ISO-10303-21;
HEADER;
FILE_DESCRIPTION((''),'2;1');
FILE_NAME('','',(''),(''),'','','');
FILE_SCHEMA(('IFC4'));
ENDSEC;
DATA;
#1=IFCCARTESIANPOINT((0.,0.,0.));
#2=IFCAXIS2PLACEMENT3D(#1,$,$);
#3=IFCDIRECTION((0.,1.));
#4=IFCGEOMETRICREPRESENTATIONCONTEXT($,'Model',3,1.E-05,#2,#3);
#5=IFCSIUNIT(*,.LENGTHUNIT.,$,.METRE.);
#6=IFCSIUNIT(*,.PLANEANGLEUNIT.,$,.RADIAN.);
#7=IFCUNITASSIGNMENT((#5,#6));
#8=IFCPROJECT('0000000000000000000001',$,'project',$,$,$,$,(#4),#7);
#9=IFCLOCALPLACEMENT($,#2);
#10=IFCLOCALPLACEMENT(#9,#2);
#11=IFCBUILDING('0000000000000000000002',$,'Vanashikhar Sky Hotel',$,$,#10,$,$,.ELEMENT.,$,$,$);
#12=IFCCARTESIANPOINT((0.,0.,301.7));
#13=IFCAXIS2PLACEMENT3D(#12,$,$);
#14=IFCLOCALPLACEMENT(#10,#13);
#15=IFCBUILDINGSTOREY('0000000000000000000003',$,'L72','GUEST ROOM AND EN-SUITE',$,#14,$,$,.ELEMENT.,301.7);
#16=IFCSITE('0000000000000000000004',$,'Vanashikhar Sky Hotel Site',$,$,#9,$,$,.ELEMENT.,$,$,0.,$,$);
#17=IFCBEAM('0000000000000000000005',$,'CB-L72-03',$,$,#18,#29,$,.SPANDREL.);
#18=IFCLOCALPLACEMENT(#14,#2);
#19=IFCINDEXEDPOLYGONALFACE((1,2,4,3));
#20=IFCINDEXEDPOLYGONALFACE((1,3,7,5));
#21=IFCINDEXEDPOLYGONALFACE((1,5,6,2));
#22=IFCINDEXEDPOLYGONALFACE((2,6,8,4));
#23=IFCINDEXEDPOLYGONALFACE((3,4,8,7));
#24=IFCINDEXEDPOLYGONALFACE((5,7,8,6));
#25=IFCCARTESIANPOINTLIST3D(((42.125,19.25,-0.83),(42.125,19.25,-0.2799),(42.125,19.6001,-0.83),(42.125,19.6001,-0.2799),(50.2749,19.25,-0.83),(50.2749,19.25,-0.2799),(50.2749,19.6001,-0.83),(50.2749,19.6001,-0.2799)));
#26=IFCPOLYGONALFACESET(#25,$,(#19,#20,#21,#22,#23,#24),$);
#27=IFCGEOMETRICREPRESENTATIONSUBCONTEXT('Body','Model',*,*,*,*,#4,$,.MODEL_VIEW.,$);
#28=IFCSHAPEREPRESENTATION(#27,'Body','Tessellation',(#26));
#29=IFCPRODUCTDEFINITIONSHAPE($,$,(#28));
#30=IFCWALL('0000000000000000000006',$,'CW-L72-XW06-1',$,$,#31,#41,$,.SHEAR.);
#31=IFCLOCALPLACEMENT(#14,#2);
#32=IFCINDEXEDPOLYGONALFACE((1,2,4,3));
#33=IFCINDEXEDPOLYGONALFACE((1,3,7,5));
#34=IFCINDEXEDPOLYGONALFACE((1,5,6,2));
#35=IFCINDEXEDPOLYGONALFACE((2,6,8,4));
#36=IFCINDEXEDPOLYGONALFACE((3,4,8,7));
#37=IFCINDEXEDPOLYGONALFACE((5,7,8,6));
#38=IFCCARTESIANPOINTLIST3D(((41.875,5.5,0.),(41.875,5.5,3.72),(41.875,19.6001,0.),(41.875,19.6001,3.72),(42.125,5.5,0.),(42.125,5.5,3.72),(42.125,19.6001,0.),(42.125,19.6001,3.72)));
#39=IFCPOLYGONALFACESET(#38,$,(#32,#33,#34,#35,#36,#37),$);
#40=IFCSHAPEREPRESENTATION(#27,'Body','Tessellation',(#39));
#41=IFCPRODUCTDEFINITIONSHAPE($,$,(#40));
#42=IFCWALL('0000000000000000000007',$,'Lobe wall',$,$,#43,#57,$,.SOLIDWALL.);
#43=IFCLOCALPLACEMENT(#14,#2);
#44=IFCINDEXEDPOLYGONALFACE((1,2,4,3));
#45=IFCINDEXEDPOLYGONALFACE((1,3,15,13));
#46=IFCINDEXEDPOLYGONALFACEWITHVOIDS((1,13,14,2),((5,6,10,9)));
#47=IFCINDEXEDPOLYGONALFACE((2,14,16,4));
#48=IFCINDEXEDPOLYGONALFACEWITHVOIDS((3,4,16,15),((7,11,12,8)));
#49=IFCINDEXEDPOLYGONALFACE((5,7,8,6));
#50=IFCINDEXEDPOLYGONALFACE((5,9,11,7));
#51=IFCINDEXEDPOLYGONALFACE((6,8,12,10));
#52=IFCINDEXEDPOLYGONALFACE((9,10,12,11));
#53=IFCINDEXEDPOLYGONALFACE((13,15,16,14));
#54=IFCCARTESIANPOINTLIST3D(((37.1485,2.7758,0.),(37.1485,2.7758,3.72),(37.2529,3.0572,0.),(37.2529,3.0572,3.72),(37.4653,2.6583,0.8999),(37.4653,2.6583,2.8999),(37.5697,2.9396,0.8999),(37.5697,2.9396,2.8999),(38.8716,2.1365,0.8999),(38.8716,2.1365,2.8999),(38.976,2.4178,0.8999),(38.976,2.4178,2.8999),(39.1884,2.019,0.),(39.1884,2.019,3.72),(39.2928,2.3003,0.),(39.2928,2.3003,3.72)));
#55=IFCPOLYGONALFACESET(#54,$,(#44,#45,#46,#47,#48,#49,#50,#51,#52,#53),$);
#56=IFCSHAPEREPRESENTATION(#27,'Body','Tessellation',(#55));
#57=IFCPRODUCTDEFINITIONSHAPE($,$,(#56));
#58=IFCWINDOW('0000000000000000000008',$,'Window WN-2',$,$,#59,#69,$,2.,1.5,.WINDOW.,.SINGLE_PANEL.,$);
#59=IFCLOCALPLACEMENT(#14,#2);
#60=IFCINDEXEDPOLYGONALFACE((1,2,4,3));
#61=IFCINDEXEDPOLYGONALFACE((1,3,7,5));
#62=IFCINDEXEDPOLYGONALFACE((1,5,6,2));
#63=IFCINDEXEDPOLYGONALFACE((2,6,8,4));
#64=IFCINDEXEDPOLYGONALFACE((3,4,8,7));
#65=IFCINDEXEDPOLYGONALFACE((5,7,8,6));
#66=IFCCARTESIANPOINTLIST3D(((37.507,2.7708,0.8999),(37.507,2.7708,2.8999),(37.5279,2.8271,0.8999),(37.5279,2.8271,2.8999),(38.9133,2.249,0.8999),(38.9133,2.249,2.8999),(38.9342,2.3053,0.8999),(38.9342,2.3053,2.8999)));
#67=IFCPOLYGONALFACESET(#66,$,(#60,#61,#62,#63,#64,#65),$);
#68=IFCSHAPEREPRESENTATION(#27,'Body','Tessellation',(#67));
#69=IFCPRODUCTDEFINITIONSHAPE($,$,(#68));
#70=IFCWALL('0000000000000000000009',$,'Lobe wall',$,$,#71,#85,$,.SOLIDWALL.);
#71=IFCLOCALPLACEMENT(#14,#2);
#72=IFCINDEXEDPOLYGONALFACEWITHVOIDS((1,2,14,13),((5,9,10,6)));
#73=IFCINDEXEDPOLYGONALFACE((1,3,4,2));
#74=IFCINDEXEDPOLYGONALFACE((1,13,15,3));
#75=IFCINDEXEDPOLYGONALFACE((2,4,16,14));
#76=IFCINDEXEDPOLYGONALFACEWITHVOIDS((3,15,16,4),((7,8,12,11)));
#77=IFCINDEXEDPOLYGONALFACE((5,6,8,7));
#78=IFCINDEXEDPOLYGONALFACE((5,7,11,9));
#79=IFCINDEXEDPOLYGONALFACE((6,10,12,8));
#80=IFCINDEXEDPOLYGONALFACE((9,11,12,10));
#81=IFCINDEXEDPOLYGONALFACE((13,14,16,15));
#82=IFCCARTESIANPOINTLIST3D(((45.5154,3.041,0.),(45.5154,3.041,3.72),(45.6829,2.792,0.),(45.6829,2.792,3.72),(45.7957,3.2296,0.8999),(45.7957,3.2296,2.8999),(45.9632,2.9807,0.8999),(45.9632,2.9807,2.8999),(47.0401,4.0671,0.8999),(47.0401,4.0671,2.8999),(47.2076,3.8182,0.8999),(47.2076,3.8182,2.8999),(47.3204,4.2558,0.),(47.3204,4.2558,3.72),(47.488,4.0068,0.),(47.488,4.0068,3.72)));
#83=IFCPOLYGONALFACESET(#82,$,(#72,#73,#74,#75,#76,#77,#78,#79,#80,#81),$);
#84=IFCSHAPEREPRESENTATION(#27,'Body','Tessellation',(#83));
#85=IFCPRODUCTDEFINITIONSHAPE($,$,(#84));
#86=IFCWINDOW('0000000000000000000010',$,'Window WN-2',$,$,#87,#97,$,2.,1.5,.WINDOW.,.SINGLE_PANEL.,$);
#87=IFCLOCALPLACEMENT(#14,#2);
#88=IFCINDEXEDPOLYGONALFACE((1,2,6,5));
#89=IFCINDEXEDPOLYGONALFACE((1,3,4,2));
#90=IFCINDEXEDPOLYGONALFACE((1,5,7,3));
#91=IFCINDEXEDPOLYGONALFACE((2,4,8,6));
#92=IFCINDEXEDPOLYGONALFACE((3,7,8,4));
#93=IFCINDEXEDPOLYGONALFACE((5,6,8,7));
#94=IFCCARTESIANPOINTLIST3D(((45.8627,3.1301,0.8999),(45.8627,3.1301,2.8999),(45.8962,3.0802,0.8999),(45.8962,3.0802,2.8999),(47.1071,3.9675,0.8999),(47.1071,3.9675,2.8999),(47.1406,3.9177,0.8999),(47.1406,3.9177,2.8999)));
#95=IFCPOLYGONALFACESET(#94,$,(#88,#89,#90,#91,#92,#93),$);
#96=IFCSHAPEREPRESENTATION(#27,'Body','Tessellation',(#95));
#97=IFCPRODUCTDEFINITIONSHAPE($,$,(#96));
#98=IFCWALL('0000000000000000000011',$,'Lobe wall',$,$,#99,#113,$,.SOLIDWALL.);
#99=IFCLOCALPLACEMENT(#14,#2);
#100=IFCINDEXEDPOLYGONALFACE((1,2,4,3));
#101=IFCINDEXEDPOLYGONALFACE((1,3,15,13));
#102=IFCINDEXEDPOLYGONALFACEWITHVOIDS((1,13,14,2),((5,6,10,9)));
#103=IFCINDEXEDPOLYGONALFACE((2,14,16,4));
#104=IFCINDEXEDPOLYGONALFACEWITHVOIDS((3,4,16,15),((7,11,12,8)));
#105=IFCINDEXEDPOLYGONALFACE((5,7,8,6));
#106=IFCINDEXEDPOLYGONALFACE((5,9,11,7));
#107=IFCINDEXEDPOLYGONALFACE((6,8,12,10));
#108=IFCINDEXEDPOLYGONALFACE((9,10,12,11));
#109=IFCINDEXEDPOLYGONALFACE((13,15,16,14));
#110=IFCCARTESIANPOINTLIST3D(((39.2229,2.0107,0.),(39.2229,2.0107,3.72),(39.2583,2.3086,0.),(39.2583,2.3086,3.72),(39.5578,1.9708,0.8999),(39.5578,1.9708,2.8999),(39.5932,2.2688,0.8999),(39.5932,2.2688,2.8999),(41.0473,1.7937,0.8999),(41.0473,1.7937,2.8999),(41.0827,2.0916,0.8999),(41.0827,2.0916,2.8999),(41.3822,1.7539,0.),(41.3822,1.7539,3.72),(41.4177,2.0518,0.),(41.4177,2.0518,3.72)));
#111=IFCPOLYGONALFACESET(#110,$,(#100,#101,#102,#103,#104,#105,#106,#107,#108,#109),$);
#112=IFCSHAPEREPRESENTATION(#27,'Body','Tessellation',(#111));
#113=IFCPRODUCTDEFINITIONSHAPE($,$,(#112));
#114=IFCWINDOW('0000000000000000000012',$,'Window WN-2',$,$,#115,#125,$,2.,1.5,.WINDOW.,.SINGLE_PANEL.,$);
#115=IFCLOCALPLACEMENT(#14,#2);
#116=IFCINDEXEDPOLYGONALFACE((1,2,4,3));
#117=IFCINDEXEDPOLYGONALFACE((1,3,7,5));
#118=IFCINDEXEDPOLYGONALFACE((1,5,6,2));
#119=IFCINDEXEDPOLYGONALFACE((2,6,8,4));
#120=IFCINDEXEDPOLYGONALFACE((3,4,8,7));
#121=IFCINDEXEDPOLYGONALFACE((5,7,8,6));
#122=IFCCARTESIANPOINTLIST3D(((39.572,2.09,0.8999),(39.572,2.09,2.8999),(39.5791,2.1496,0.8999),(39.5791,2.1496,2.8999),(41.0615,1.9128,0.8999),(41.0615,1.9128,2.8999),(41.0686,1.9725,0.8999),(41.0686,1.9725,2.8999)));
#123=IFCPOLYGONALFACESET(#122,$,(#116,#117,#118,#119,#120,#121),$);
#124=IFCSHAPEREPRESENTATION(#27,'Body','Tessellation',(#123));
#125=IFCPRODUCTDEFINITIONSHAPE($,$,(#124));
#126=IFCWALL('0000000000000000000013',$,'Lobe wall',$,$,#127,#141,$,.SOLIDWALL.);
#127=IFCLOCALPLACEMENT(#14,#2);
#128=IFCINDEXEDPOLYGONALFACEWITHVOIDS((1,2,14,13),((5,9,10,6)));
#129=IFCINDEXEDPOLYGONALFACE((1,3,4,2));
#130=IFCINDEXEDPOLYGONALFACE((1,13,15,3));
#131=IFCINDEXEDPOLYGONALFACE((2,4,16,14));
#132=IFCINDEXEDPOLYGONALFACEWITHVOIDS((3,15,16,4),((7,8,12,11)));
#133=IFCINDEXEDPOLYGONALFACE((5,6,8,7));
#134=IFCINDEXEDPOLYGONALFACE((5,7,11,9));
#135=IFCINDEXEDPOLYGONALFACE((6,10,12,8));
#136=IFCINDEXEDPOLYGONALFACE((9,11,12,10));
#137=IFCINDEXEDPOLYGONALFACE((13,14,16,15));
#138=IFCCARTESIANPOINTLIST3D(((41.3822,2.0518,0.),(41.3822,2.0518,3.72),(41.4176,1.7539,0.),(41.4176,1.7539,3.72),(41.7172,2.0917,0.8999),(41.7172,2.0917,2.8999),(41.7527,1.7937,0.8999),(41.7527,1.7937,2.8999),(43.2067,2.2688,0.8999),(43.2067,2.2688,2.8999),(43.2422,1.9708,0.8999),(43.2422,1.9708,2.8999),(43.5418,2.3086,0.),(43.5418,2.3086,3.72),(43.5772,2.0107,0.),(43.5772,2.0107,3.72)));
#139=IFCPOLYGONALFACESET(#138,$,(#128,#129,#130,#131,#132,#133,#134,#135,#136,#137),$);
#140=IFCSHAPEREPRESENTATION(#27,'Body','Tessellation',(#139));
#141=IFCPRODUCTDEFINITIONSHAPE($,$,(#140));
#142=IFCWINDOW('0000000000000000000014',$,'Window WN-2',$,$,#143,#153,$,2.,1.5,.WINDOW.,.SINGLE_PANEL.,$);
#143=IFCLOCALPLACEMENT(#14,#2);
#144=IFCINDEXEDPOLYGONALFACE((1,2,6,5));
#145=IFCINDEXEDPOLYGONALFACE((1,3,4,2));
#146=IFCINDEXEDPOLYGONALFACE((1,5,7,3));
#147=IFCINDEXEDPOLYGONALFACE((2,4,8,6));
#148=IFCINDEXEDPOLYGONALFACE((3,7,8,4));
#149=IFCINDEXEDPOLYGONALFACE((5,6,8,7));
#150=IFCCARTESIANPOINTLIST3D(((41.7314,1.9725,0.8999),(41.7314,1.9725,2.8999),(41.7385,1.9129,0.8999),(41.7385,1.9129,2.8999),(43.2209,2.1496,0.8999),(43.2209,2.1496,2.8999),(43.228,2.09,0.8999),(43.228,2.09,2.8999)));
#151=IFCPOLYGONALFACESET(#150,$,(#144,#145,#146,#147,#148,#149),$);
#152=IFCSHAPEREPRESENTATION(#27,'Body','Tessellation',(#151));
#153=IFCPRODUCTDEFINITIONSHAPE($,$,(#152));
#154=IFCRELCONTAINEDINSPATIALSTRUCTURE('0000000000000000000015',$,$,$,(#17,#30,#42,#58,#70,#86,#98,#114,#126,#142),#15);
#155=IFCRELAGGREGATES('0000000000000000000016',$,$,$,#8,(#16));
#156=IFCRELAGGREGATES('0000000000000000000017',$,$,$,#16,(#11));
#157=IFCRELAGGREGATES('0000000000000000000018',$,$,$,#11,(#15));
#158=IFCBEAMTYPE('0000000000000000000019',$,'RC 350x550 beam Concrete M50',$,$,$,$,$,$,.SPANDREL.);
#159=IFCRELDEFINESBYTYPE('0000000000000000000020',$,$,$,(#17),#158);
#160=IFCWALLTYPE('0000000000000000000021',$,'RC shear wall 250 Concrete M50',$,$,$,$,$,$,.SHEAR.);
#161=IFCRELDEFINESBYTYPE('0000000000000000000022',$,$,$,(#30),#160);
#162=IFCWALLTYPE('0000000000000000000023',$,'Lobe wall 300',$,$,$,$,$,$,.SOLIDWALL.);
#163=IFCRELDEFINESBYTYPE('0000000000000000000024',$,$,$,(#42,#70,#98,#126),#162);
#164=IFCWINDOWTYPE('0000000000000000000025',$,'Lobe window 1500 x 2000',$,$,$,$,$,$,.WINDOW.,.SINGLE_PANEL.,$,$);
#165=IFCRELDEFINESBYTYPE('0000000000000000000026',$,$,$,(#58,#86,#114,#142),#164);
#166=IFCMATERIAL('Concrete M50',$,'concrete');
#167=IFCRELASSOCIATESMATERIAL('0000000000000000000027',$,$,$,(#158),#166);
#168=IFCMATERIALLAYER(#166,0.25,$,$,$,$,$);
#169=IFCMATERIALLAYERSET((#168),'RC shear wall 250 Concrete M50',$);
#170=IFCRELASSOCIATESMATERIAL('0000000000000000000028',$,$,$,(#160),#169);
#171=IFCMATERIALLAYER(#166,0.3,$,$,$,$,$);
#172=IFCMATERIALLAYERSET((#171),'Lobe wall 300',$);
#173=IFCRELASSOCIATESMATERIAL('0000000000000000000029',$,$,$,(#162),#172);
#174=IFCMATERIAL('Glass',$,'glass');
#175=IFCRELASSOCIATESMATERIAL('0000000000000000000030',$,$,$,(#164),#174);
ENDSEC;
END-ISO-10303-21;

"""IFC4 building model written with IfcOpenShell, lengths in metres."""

from ifc_helpers import new_model, si_unit, direction, frame, frame_2d, origin, origin_2d, place, context, subcontext, project, spatial, rectangle, extrude, source, transform, mapped, material, layer, layer_set, material_profile, profile_set, type_object, element, fill, save


model = new_model("IFC4")

# Units and contexts
model_context = context("Model", 3, precision=1e-05, world=origin(), true_north=direction((0.0, 1.0)))
body_context = subcontext(model_context, "Body", "Model", "MODEL_VIEW")
ifc_project = project(units=[si_unit("LENGTHUNIT", "METRE"), si_unit("PLANEANGLEUNIT", "RADIAN")], contexts=[model_context])

# Site, building, storey
site_placement = place(None, origin())
site = spatial("IfcSite", under=ifc_project, at=site_placement, Name="Vanashikhar Sky Hotel Site", CompositionType="ELEMENT", RefElevation=0.0)
building_placement = place(site_placement, origin())
building = spatial("IfcBuilding", under=site, at=building_placement, Name="Vanashikhar Sky Hotel", CompositionType="ELEMENT")
storey_placement = place(building_placement, frame((0.0, 0.0, 301.7)))
storey = spatial("IfcBuildingStorey", under=building, at=storey_placement, Name="L72", Description="GUEST ROOM AND EN-SUITE", CompositionType="ELEMENT", Elevation=301.7)

# Beam
ifc_material_1 = material(Name="Concrete M50", Category="concrete")
ifc_material_profile_1 = material_profile(ifc_material_1, rectangle(XDim=0.3501, YDim=0.55, at=origin_2d()))
ifc_profile_set_1 = profile_set([ifc_material_profile_1], Name="RC 350x550 beam Concrete M50")
beam_type = type_object("IfcBeamType", Name="RC 350x550 beam Concrete M50", PredefinedType="SPANDREL", material=ifc_profile_set_1)
shared_shape_1 = source(origin(), body_context, "Body", "SweptSolid", [
    extrude(rectangle(XDim=0.3501, YDim=0.55, at=origin_2d()), origin(), (0.0, 0.0, 1.0), 8.1499),
])
beam_placement = place(storey_placement, frame((42.125, 19.425, -0.5549), z_axis=(1.0, 0.0, 0.0), x_axis=(0.0, 1.0, 0.0)))
element("IfcBeam", 1, at=beam_placement, inside=storey, type_object=beam_type, Name="CB-L72-03", PredefinedType="SPANDREL", context=body_context, shape_type="MappedRepresentation", body=[
    mapped(shared_shape_1, transform((0.0, 0.0, 0.0), scale=1.0)),
])

# Wall
ifc_layer_1 = layer(ifc_material_1, 0.25)
ifc_layer_set_1 = layer_set([ifc_layer_1], Name="RC shear wall 250 Concrete M50")
wall_type_1 = type_object("IfcWallType", Name="RC shear wall 250 Concrete M50", PredefinedType="SHEAR", material=ifc_layer_set_1)
shared_shape_2 = source(origin(), body_context, "Body", "SweptSolid", [
    extrude(rectangle(XDim=14.1001, YDim=0.25, at=frame_2d((7.05, 0.0))), origin(), (0.0, 0.0, 1.0), 3.72),
])
wall_1_placement = place(storey_placement, frame((42.0, 5.5, 0.0), z_axis=(0.0, 0.0, 1.0), x_axis=(0.0, 1.0, 0.0)))
element("IfcWall", 2, at=wall_1_placement, inside=storey, type_object=wall_type_1, Name="CW-L72-XW06-1", PredefinedType="SHEAR", context=body_context, shape_type="MappedRepresentation", body=[
    mapped(shared_shape_2, transform((0.0, 0.0, 0.0), scale=1.0)),
])

# Walls, openings, windows
ifc_layer_2 = layer(ifc_material_1, 0.3)
ifc_layer_set_2 = layer_set([ifc_layer_2], Name="Lobe wall 300")
wall_type_2 = type_object("IfcWallType", Name="Lobe wall 300", PredefinedType="SOLIDWALL", material=ifc_layer_set_2)
shared_shape_3 = source(origin(), body_context, "Body", "SweptSolid", [
    extrude(rectangle(XDim=2.1758, YDim=0.3, at=frame_2d((1.0879, 0.0))), origin(), (0.0, 0.0, 1.0), 3.72),
])
wall_2_placement = place(storey_placement, frame((37.2007, 2.9165, 0.0), z_axis=(0.0, 0.0, 1.0), x_axis=(0.937546, -0.347863, 0.0)))
wall_2 = element("IfcWall", 3, at=wall_2_placement, inside=storey, type_object=wall_type_2, Name="Lobe wall", PredefinedType="SOLIDWALL", context=body_context, shape_type="MappedRepresentation", body=[
    mapped(shared_shape_3, transform((0.0, 0.0, 0.0), scale=1.0)),
])
shared_shape_4 = source(origin(), body_context, "Body", "SweptSolid", [
    extrude(rectangle(XDim=1.5, YDim=2.0, at=frame_2d((0.75, 1.0))), frame((0.0, 0.1602, 0.0), z_axis=(0.0, -1.0, 0.0), x_axis=(1.0, 0.0, 0.0)), (0.0, 0.0, 1.0), 0.3201),
])
opening_1_placement = place(wall_2_placement, frame((0.3379, 0.0, 0.8999)))
opening_1 = element("IfcOpeningElement", 4, at=opening_1_placement, cuts=wall_2, PredefinedType="OPENING", context=body_context, shape_type="MappedRepresentation", body=[
    mapped(shared_shape_4, transform((0.0, 0.0, 0.0), scale=1.0)),
])
ifc_material_2 = material(Name="Glass", Category="glass")
window_type = type_object("IfcWindowType", Name="Lobe window 1500 x 2000", PartitioningType="SINGLE_PANEL", PredefinedType="WINDOW", material=ifc_material_2)
shared_shape_5 = source(origin(), body_context, "Body", "SweptSolid", [
    extrude(rectangle(XDim=1.5, YDim=2.0, at=frame_2d((0.75, 1.0))), frame((0.0, 0.03, 0.0), z_axis=(0.0, -1.0, 0.0), x_axis=(1.0, 0.0, 0.0)), (0.0, 0.0, 1.0), 0.0601),
])
window_1_placement = place(opening_1_placement, origin())
window_1 = element("IfcWindow", 5, at=window_1_placement, inside=storey, type_object=window_type, Name="Window WN-2", OverallHeight=2.0, OverallWidth=1.5, PartitioningType="SINGLE_PANEL", PredefinedType="WINDOW", context=body_context, shape_type="MappedRepresentation", body=[
    mapped(shared_shape_5, transform((0.0, 0.0, 0.0), scale=1.0)),
])
fill(opening_1, window_1)
wall_3_placement = place(storey_placement, frame((45.5991, 2.9165, 0.0), z_axis=(0.0, 0.0, 1.0), x_axis=(0.829626, 0.55832, 0.0)))
wall_3 = element("IfcWall", 6, at=wall_3_placement, inside=storey, type_object=wall_type_2, Name="Lobe wall", PredefinedType="SOLIDWALL", context=body_context, shape_type="MappedRepresentation", body=[
    mapped(shared_shape_3, transform((0.0, 0.0, 0.0), scale=1.0)),
])
opening_2_placement = place(wall_3_placement, frame((0.3379, 0.0, 0.8999)))
opening_2 = element("IfcOpeningElement", 7, at=opening_2_placement, cuts=wall_3, PredefinedType="OPENING", context=body_context, shape_type="MappedRepresentation", body=[
    mapped(shared_shape_4, transform((0.0, 0.0, 0.0), scale=1.0)),
])
window_2_placement = place(opening_2_placement, origin())
window_2 = element("IfcWindow", 8, at=window_2_placement, inside=storey, type_object=window_type, Name="Window WN-2", OverallHeight=2.0, OverallWidth=1.5, PartitioningType="SINGLE_PANEL", PredefinedType="WINDOW", context=body_context, shape_type="MappedRepresentation", body=[
    mapped(shared_shape_5, transform((0.0, 0.0, 0.0), scale=1.0)),
])
fill(opening_2, window_2)
shared_shape_6 = source(origin(), body_context, "Body", "SweptSolid", [
    extrude(rectangle(XDim=2.1746, YDim=0.3, at=frame_2d((1.0874, 0.0))), origin(), (0.0, 0.0, 1.0), 3.72),
])
wall_4_placement = place(storey_placement, frame((39.2405, 2.1597, 0.0), z_axis=(0.0, 0.0, 1.0), x_axis=(0.993001, -0.118105, 0.0)))
wall_4 = element("IfcWall", 9, at=wall_4_placement, inside=storey, type_object=wall_type_2, Name="Lobe wall", PredefinedType="SOLIDWALL", context=body_context, shape_type="MappedRepresentation", body=[
    mapped(shared_shape_6, transform((0.0, 0.0, 0.0), scale=1.0)),
])
opening_3_placement = place(wall_4_placement, frame((0.3374, 0.0, 0.8999)))
opening_3 = element("IfcOpeningElement", 10, at=opening_3_placement, cuts=wall_4, PredefinedType="OPENING", context=body_context, shape_type="MappedRepresentation", body=[
    mapped(shared_shape_4, transform((0.0, 0.0, 0.0), scale=1.0)),
])
window_3_placement = place(opening_3_placement, origin())
window_3 = element("IfcWindow", 11, at=window_3_placement, inside=storey, type_object=window_type, Name="Window WN-2", OverallHeight=2.0, OverallWidth=1.5, PartitioningType="SINGLE_PANEL", PredefinedType="WINDOW", context=body_context, shape_type="MappedRepresentation", body=[
    mapped(shared_shape_5, transform((0.0, 0.0, 0.0), scale=1.0)),
])
fill(opening_3, window_3)
shared_shape_7 = source(origin(), body_context, "Body", "SweptSolid", [
    extrude(rectangle(XDim=2.1748, YDim=0.3, at=frame_2d((1.0874, 0.0))), origin(), (0.0, 0.0, 1.0), 3.72),
])
wall_5_placement = place(storey_placement, frame((41.3999, 1.9028, 0.0), z_axis=(0.0, 0.0, 1.0), x_axis=(0.993003, 0.118092, 0.0)))
wall_5 = element("IfcWall", 12, at=wall_5_placement, inside=storey, type_object=wall_type_2, Name="Lobe wall", PredefinedType="SOLIDWALL", context=body_context, shape_type="MappedRepresentation", body=[
    mapped(shared_shape_7, transform((0.0, 0.0, 0.0), scale=1.0)),
])
opening_4_placement = place(wall_5_placement, frame((0.3374, 0.0, 0.8999)))
opening_4 = element("IfcOpeningElement", 13, at=opening_4_placement, cuts=wall_5, PredefinedType="OPENING", context=body_context, shape_type="MappedRepresentation", body=[
    mapped(shared_shape_4, transform((0.0, 0.0, 0.0), scale=1.0)),
])
window_4_placement = place(opening_4_placement, origin())
window_4 = element("IfcWindow", 14, at=window_4_placement, inside=storey, type_object=window_type, Name="Window WN-2", OverallHeight=2.0, OverallWidth=1.5, PartitioningType="SINGLE_PANEL", PredefinedType="WINDOW", context=body_context, shape_type="MappedRepresentation", body=[
    mapped(shared_shape_5, transform((0.0, 0.0, 0.0), scale=1.0)),
])
fill(opening_4, window_4)

save(model, "model.ifc")
